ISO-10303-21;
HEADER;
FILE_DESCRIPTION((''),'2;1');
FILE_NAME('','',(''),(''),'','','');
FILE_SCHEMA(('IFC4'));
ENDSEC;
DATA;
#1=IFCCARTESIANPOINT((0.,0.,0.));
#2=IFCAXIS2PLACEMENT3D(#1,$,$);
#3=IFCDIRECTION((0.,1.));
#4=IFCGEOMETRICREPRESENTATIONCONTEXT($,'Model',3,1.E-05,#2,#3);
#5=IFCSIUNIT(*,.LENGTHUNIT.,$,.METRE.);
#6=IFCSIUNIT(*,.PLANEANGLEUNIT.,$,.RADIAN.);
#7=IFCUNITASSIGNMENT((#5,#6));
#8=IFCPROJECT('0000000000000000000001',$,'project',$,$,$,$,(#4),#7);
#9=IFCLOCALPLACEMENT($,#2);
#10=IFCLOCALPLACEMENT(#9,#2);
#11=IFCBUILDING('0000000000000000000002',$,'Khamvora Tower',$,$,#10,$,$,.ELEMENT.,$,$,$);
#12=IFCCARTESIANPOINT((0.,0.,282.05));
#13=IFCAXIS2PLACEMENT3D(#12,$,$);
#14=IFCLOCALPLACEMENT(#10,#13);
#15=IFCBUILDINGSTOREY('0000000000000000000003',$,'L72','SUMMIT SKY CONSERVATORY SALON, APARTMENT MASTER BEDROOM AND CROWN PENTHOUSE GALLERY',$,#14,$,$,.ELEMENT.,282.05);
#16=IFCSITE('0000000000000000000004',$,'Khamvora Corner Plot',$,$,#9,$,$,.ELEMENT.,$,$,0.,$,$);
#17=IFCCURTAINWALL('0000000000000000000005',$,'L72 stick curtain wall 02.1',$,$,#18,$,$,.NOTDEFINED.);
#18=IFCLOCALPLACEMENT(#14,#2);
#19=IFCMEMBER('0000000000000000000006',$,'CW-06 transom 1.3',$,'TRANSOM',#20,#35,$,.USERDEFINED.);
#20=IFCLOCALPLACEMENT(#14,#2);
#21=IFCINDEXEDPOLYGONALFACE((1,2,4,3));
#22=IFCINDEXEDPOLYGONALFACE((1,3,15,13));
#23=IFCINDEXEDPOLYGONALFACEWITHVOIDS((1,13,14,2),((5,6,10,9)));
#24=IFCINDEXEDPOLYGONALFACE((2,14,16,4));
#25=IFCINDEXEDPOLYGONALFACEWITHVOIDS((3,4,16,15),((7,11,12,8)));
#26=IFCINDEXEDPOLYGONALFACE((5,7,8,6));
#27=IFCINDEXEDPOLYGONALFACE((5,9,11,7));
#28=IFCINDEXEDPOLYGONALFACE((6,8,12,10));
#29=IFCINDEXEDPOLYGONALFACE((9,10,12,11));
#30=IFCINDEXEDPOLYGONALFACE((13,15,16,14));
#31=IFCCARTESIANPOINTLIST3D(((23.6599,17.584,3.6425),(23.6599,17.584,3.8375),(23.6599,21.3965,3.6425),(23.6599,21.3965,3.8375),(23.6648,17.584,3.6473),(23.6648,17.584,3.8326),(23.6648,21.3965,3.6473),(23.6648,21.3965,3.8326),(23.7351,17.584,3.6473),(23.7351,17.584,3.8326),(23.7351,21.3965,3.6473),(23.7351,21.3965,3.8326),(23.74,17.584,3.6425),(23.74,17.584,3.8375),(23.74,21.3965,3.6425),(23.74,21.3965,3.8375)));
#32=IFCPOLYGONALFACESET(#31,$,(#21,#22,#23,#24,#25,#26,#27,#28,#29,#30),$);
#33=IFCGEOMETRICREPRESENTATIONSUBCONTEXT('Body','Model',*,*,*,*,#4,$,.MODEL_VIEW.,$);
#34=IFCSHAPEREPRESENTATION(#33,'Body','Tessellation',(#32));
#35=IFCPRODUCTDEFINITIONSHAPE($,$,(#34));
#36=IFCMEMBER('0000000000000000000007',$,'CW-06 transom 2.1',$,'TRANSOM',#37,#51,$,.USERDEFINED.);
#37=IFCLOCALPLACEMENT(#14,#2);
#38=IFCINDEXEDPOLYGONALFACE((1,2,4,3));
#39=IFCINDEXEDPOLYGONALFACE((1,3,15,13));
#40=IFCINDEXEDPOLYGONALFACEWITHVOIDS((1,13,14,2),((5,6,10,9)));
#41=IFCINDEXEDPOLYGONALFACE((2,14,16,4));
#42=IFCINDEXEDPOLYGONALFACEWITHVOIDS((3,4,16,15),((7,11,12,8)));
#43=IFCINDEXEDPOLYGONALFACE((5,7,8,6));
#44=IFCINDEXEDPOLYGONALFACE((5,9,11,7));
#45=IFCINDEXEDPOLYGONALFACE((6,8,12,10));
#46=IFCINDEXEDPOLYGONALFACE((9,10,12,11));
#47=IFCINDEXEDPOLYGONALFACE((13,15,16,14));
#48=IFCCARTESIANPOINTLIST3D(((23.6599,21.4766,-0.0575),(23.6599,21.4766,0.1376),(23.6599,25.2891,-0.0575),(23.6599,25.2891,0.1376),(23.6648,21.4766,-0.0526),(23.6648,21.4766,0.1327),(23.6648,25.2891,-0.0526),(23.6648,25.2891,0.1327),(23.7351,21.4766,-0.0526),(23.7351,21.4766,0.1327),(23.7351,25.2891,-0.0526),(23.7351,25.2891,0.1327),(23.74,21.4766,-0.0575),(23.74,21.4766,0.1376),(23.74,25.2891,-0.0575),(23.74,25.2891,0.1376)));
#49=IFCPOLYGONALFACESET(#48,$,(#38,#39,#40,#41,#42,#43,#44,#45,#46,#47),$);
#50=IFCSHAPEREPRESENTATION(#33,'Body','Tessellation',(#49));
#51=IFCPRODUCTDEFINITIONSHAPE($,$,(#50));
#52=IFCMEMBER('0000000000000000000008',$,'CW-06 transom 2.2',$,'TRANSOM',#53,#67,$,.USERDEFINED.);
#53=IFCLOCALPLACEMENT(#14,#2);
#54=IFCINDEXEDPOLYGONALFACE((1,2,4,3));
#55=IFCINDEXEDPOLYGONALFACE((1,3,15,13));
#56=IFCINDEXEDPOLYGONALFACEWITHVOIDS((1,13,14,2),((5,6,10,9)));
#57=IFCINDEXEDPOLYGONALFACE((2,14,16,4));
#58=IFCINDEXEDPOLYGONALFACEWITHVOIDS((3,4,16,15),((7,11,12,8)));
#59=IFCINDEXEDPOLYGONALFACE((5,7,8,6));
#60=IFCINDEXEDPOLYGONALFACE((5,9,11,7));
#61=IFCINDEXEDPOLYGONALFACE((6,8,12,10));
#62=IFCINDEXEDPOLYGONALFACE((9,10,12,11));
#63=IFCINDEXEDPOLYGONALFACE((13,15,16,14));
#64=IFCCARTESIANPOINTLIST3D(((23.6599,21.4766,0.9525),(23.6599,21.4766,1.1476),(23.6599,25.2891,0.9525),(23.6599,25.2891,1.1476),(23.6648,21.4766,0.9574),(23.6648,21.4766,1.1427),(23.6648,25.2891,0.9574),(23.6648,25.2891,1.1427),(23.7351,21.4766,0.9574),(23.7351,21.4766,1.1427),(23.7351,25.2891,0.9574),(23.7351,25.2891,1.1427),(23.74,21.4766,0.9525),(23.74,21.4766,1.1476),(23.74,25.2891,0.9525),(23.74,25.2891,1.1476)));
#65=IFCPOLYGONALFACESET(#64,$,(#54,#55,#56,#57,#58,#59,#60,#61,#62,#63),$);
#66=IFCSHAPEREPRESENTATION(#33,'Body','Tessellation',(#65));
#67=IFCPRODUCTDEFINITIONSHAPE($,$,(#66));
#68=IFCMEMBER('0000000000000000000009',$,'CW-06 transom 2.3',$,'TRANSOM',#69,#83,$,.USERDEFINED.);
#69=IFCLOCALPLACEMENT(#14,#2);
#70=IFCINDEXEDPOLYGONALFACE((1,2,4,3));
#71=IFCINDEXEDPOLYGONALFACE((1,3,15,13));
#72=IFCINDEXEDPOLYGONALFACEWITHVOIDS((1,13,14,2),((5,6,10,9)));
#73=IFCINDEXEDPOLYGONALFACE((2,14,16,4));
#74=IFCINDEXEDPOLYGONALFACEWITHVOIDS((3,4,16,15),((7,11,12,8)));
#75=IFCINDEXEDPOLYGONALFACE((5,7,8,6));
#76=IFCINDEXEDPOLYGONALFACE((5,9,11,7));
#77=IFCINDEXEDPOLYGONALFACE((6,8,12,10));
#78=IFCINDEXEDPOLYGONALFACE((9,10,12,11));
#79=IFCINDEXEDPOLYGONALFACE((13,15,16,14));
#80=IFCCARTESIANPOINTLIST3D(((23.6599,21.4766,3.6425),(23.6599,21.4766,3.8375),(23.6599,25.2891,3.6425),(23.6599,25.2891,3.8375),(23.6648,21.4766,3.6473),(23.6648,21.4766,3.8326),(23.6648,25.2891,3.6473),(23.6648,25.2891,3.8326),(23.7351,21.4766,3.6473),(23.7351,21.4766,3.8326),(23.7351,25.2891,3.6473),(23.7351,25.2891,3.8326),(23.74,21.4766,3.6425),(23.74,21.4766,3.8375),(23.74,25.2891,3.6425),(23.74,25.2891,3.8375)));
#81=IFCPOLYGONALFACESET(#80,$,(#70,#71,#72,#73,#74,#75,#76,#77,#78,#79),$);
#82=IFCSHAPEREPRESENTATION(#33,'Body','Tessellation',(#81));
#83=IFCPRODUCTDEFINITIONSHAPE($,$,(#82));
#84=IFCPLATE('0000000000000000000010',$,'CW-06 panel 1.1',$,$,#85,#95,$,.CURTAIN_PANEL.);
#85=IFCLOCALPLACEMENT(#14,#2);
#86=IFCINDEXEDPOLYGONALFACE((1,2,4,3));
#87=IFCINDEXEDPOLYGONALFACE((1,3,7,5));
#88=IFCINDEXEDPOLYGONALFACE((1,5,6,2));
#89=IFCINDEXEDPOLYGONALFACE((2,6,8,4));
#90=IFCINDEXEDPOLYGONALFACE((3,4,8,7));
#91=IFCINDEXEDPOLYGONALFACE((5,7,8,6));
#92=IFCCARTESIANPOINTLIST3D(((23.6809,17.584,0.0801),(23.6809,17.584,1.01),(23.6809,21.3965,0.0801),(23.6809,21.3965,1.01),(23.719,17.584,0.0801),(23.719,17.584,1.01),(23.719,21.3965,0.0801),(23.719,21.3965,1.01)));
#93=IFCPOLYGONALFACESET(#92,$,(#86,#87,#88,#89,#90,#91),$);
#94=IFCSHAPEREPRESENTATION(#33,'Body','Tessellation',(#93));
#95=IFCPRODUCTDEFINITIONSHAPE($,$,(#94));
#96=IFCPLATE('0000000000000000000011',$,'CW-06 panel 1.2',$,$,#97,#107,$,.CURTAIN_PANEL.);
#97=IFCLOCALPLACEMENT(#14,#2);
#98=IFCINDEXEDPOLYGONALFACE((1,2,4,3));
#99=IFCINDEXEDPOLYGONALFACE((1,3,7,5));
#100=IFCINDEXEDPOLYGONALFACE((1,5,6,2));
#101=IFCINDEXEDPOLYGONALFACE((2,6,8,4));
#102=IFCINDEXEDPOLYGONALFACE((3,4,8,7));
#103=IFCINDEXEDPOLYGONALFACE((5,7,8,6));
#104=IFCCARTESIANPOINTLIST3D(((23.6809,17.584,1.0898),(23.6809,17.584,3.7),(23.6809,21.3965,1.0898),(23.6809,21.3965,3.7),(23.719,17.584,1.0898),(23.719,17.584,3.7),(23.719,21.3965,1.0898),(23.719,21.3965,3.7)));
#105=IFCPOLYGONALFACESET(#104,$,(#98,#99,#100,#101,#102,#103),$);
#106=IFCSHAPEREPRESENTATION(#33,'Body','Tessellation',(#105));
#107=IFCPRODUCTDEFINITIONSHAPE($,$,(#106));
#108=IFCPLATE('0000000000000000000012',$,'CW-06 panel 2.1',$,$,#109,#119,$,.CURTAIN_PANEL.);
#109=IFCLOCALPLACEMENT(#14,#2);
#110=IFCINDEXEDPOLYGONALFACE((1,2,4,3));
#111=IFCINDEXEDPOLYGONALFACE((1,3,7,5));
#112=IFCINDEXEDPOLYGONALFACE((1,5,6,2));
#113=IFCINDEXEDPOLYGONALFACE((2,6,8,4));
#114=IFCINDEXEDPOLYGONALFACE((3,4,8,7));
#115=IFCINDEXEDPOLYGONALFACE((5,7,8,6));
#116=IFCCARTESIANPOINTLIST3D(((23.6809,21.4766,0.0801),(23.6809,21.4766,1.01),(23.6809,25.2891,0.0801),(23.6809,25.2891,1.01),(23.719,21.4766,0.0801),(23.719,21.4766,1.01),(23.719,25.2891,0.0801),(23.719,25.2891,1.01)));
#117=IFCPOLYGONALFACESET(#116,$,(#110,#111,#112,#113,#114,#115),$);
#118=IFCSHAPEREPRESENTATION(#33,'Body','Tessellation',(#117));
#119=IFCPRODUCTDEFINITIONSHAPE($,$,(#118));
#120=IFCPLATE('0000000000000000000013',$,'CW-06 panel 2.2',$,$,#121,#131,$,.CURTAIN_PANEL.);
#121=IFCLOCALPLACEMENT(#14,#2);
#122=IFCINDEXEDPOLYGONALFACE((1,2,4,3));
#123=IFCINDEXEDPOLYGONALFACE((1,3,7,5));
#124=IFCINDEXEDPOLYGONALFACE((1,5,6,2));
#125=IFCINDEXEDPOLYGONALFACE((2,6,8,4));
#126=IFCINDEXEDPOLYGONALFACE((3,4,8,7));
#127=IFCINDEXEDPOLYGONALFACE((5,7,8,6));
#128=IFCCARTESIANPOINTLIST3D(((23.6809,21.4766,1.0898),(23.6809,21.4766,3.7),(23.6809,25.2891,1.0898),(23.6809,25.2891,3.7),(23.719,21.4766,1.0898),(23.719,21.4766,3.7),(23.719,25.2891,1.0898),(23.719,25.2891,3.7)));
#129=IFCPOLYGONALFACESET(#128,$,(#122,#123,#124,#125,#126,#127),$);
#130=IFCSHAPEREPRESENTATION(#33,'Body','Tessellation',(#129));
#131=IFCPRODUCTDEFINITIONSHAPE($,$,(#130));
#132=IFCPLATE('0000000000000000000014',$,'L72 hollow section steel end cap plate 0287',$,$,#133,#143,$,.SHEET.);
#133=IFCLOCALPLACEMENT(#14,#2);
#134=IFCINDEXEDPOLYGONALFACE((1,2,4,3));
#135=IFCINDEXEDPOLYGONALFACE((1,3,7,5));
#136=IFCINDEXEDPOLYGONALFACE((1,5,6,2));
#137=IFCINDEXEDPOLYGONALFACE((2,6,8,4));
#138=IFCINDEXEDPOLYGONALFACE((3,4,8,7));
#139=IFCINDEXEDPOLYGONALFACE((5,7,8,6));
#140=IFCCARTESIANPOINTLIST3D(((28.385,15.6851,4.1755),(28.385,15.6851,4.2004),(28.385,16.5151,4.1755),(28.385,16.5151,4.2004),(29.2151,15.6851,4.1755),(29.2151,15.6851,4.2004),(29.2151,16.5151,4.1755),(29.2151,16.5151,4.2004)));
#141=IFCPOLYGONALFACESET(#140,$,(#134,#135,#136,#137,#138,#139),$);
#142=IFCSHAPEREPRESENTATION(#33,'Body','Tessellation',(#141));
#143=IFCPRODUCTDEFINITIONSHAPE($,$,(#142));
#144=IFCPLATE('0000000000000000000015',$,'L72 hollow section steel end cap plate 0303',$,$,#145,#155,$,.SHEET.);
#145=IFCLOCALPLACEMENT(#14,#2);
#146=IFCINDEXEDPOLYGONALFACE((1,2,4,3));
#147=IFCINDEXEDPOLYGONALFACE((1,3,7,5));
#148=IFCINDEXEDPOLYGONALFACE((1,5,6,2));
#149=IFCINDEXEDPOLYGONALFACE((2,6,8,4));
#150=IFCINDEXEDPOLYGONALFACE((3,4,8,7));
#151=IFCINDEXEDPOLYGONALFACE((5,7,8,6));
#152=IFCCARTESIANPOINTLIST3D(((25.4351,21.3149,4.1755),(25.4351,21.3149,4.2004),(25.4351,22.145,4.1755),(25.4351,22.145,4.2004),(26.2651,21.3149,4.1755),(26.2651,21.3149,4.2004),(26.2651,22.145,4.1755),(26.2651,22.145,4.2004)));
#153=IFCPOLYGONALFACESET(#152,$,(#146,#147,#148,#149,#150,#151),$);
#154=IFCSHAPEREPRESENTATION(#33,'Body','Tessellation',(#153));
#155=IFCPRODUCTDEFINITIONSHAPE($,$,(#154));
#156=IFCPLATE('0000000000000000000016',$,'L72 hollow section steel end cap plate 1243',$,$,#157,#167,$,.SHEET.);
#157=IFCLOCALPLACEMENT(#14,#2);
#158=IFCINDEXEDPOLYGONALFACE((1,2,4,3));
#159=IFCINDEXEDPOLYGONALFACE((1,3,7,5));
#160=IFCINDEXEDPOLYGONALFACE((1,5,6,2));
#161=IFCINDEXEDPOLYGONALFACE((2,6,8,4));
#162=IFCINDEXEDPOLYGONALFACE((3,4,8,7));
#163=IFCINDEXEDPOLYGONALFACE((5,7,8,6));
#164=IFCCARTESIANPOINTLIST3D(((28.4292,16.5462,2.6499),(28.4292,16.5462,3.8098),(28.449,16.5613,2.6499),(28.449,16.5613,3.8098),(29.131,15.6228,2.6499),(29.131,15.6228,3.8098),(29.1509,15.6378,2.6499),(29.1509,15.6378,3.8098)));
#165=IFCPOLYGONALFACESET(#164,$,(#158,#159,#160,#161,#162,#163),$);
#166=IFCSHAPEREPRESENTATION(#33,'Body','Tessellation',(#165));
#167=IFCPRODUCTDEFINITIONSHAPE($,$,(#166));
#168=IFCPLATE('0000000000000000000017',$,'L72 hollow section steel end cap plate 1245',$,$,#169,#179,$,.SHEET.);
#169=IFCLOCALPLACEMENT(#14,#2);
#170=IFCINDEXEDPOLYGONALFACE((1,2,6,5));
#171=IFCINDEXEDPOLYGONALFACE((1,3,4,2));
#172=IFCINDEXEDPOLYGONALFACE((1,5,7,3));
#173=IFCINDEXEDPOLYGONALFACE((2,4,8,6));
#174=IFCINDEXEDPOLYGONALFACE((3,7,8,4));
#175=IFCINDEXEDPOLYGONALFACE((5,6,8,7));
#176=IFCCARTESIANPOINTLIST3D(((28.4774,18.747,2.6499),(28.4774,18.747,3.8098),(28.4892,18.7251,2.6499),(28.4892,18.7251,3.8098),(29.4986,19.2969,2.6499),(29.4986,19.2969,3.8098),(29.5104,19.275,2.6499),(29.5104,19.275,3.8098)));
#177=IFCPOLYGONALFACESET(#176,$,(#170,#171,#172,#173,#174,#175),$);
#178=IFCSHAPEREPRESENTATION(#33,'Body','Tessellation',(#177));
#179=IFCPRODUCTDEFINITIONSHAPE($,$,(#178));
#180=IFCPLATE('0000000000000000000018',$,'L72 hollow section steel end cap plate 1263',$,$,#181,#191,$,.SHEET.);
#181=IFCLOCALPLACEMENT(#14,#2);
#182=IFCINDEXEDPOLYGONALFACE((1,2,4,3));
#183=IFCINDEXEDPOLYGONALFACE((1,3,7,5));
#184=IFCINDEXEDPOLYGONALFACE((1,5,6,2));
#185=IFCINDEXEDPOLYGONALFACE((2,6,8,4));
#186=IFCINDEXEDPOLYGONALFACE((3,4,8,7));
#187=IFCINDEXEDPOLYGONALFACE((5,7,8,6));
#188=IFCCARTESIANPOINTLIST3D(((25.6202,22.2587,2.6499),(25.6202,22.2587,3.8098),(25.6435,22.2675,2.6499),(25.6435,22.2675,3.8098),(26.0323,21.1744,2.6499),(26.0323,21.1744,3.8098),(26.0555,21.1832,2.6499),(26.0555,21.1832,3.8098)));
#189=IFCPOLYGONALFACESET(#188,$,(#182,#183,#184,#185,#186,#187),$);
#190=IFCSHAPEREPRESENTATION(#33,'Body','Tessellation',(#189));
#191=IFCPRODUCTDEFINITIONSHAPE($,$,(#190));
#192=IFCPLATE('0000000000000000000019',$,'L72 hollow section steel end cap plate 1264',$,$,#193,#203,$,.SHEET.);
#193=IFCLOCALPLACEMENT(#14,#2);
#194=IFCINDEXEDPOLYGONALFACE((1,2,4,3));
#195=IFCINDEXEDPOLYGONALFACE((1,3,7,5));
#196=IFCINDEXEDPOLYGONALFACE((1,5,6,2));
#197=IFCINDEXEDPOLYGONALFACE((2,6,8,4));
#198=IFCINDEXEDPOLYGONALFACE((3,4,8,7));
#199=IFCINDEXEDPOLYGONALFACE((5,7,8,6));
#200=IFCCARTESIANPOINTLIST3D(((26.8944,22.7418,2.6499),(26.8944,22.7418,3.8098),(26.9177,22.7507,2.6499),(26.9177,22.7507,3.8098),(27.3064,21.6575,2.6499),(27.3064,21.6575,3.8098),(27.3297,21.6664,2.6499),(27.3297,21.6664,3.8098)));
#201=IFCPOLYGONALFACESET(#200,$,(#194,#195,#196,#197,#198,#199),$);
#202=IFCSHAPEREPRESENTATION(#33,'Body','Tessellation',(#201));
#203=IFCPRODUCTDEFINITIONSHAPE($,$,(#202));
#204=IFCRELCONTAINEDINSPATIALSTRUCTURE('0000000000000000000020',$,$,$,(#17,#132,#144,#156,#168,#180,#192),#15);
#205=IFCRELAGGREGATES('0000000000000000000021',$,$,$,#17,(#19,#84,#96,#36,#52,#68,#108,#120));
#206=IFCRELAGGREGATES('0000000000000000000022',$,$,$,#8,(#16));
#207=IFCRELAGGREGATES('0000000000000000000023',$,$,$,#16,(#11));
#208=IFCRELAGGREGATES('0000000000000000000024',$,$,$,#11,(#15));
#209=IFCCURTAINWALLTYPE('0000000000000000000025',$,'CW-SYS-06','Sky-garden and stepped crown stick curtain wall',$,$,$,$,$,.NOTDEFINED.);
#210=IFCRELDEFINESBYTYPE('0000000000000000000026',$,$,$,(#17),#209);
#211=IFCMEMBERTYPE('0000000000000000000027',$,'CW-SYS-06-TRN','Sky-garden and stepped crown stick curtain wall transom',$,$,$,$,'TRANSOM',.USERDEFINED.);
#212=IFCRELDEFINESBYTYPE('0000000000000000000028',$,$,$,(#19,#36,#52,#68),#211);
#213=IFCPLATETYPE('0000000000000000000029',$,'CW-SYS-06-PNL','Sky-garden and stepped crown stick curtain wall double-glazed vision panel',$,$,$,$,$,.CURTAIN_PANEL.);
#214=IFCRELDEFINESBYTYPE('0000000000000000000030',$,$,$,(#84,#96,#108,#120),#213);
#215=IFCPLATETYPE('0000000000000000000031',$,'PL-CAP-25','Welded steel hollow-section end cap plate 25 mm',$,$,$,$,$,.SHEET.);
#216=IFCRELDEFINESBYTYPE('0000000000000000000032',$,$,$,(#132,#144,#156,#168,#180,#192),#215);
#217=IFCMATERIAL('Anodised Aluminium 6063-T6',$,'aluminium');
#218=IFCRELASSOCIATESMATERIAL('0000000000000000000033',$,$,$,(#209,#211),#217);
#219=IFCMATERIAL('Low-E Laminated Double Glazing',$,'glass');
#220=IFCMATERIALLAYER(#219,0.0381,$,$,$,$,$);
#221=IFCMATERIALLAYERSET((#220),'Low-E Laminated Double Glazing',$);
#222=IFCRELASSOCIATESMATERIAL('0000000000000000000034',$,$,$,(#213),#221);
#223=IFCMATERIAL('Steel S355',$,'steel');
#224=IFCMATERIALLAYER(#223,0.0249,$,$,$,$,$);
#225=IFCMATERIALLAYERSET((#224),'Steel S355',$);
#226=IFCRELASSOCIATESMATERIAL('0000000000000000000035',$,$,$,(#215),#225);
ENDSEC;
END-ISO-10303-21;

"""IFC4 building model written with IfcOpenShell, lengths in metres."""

from ifc_helpers import new_model, si_unit, direction, frame, origin, origin_2d, place, context, subcontext, project, spatial, rectangle, hollow_rectangle, extrude, material, layer, layer_set, material_profile, profile_set, type_object, element, aggregate, save


model = new_model("IFC4")

# Units and contexts
model_context = context("Model", 3, precision=1e-05, world=origin(), true_north=direction((0.0, 1.0)))
body_context = subcontext(model_context, "Body", "Model", "MODEL_VIEW")
ifc_project = project(units=[si_unit("LENGTHUNIT", "METRE"), si_unit("PLANEANGLEUNIT", "RADIAN")], contexts=[model_context])

# Site, building, storey
site_placement = place(None, origin())
site = spatial("IfcSite", under=ifc_project, at=site_placement, Name="Khamvora Corner Plot", CompositionType="ELEMENT", RefElevation=0.0)
building_placement = place(site_placement, origin())
building = spatial("IfcBuilding", under=site, at=building_placement, Name="Khamvora Tower", CompositionType="ELEMENT")
storey_placement = place(building_placement, frame((0.0, 0.0, 282.05)))
storey = spatial("IfcBuildingStorey", under=building, at=storey_placement, Name="L72", Description="SUMMIT SKY CONSERVATORY SALON, APARTMENT MASTER BEDROOM AND CROWN PENTHOUSE GALLERY", CompositionType="ELEMENT", Elevation=282.05)

# Shared definitions
ifc_material_1 = material(Name="Steel S355", Category="steel")

# Curtain wall, members, plates
ifc_material_2 = material(Name="Anodised Aluminium 6063-T6", Category="aluminium")
curtain_wall_type = type_object("IfcCurtainWallType", Name="CW-SYS-06", Description="Sky-garden and stepped crown stick curtain wall", PredefinedType="NOTDEFINED", material=ifc_material_2)
curtain_wall_placement = place(storey_placement, origin())
curtain_wall = element("IfcCurtainWall", 1, at=curtain_wall_placement, inside=storey, type_object=curtain_wall_type, Name="L72 stick curtain wall 02.1", PredefinedType="NOTDEFINED")
ifc_material_profile_1 = material_profile(ifc_material_2, hollow_rectangle(XDim=0.0801, YDim=0.1951, WallThickness=0.0049, at=origin_2d()), Name="TRN80x195x5")
ifc_profile_set_1 = profile_set([ifc_material_profile_1], Name="Anodised Aluminium 6063-T6")
member_type_1 = type_object("IfcMemberType", Name="CW-SYS-06-TRN", Description="Sky-garden and stepped crown stick curtain wall transom", ElementType="TRANSOM", PredefinedType="USERDEFINED", material=ifc_profile_set_1)
member_1_placement = place(storey_placement, frame((23.7, 17.584, 3.74), z_axis=(0.0, 1.0, 0.0), x_axis=(-1.0, 0.0, 0.0)))
member_1 = element("IfcMember", 2, at=member_1_placement, type_object=member_type_1, Name="CW-06 transom 1.3", ObjectType="TRANSOM", PredefinedType="USERDEFINED", context=body_context, shape_type="SweptSolid", body=[
    extrude(hollow_rectangle(XDim=0.0801, YDim=0.1951, WallThickness=0.0049, at=origin_2d()), origin(), (0.0, 0.0, 1.0), 3.8125),
])
member_2_placement = place(storey_placement, frame((23.7, 21.4766, 0.04), z_axis=(0.0, 1.0, 0.0), x_axis=(-1.0, 0.0, 0.0)))
member_2 = element("IfcMember", 3, at=member_2_placement, type_object=member_type_1, Name="CW-06 transom 2.1", ObjectType="TRANSOM", PredefinedType="USERDEFINED", context=body_context, shape_type="SweptSolid", body=[
    extrude(hollow_rectangle(XDim=0.0801, YDim=0.1951, WallThickness=0.0049, at=origin_2d()), origin(), (0.0, 0.0, 1.0), 3.8125),
])
member_3_placement = place(storey_placement, frame((23.7, 21.4766, 1.05), z_axis=(0.0, 1.0, 0.0), x_axis=(-1.0, 0.0, 0.0)))
member_3 = element("IfcMember", 4, at=member_3_placement, type_object=member_type_1, Name="CW-06 transom 2.2", ObjectType="TRANSOM", PredefinedType="USERDEFINED", context=body_context, shape_type="SweptSolid", body=[
    extrude(hollow_rectangle(XDim=0.0801, YDim=0.1951, WallThickness=0.0049, at=origin_2d()), origin(), (0.0, 0.0, 1.0), 3.8125),
])
member_4_placement = place(storey_placement, frame((23.7, 21.4766, 3.74), z_axis=(0.0, 1.0, 0.0), x_axis=(-1.0, 0.0, 0.0)))
member_4 = element("IfcMember", 5, at=member_4_placement, type_object=member_type_1, Name="CW-06 transom 2.3", ObjectType="TRANSOM", PredefinedType="USERDEFINED", context=body_context, shape_type="SweptSolid", body=[
    extrude(hollow_rectangle(XDim=0.0801, YDim=0.1951, WallThickness=0.0049, at=origin_2d()), origin(), (0.0, 0.0, 1.0), 3.8125),
])
ifc_material_3 = material(Name="Low-E Laminated Double Glazing", Category="glass")
ifc_layer_1 = layer(ifc_material_3, 0.0381)
ifc_layer_set_1 = layer_set([ifc_layer_1], Name="Low-E Laminated Double Glazing")
plate_type_1 = type_object("IfcPlateType", Name="CW-SYS-06-PNL", Description="Sky-garden and stepped crown stick curtain wall double-glazed vision panel", PredefinedType="CURTAIN_PANEL", material=ifc_layer_set_1)
plate_1_placement = place(storey_placement, frame((23.7, 19.4902, 0.0801), z_axis=(0.0, 0.0, 1.0), x_axis=(0.0, 1.0, 0.0)))
plate_1 = element("IfcPlate", 6, at=plate_1_placement, type_object=plate_type_1, Name="CW-06 panel 1.1", PredefinedType="CURTAIN_PANEL", context=body_context, shape_type="SweptSolid", body=[
    extrude(rectangle(XDim=3.8125, YDim=0.0381, at=origin_2d()), origin(), (0.0, 0.0, 1.0), 0.9299),
])
plate_2_placement = place(storey_placement, frame((23.7, 19.4902, 1.0898), z_axis=(0.0, 0.0, 1.0), x_axis=(0.0, 1.0, 0.0)))
plate_2 = element("IfcPlate", 7, at=plate_2_placement, type_object=plate_type_1, Name="CW-06 panel 1.2", PredefinedType="CURTAIN_PANEL", context=body_context, shape_type="SweptSolid", body=[
    extrude(rectangle(XDim=3.8125, YDim=0.0381, at=origin_2d()), origin(), (0.0, 0.0, 1.0), 2.6101),
])
plate_3_placement = place(storey_placement, frame((23.7, 23.3828, 0.0801), z_axis=(0.0, 0.0, 1.0), x_axis=(0.0, 1.0, 0.0)))
plate_3 = element("IfcPlate", 8, at=plate_3_placement, type_object=plate_type_1, Name="CW-06 panel 2.1", PredefinedType="CURTAIN_PANEL", context=body_context, shape_type="SweptSolid", body=[
    extrude(rectangle(XDim=3.8125, YDim=0.0381, at=origin_2d()), origin(), (0.0, 0.0, 1.0), 0.9299),
])
plate_4_placement = place(storey_placement, frame((23.7, 23.3828, 1.0898), z_axis=(0.0, 0.0, 1.0), x_axis=(0.0, 1.0, 0.0)))
plate_4 = element("IfcPlate", 9, at=plate_4_placement, type_object=plate_type_1, Name="CW-06 panel 2.2", PredefinedType="CURTAIN_PANEL", context=body_context, shape_type="SweptSolid", body=[
    extrude(rectangle(XDim=3.8125, YDim=0.0381, at=origin_2d()), origin(), (0.0, 0.0, 1.0), 2.6101),
])
aggregate(curtain_wall, [member_1, plate_1, plate_2, member_2, member_3, member_4, plate_3, plate_4])

# Plates
ifc_layer_2 = layer(ifc_material_1, 0.0249)
ifc_layer_set_2 = layer_set([ifc_layer_2], Name="Steel S355")
plate_type_2 = type_object("IfcPlateType", Name="PL-CAP-25", Description="Welded steel hollow-section end cap plate 25 mm", PredefinedType="SHEET", material=ifc_layer_set_2)
for number, where, z_axis, x_axis, name in (
    (10, (28.8, 16.1001, 4.1755), (0.0, 0.0, 1.0), (1.0, 0.0, 0.0), "L72 hollow section steel end cap plate 0287"),
    (11, (25.8501, 21.73, 4.1755), (0.0, 0.0, 1.0), (1.0, 0.0, 0.0), "L72 hollow section steel end cap plate 0303"),
):
    element("IfcPlate", number, at=place(storey_placement, frame(where, z_axis=z_axis, x_axis=x_axis)), inside=storey, type_object=plate_type_2, Name=name, PredefinedType="SHEET", context=body_context, shape_type="SweptSolid", body=[
        extrude(rectangle(XDim=0.8301, YDim=0.8301, at=origin_2d()), origin(), (0.0, 0.0, 1.0), 0.0249),
    ])
for number, where, z_axis, x_axis, name in (
    (12, (28.79, 16.092, 2.6499), (0.0, 0.0, 1.0), (0.79616, 0.605086, 0.0), "L72 hollow section steel end cap plate 1243"),
    (13, (28.9939, 19.011, 2.6499), (0.0, 0.0, 1.0), (0.474104, -0.880469, 0.0), "L72 hollow section steel end cap plate 1245"),
    (14, (25.8379, 21.7209, 2.6499), (0.0, 0.0, 1.0), (0.934782, 0.355221, 0.0), "L72 hollow section steel end cap plate 1263"),
    (15, (27.1121, 22.2041, 2.6499), (0.0, 0.0, 1.0), (0.934782, 0.355221, 0.0), "L72 hollow section steel end cap plate 1264"),
):
    element("IfcPlate", number, at=place(storey_placement, frame(where, z_axis=z_axis, x_axis=x_axis)), inside=storey, type_object=plate_type_2, Name=name, PredefinedType="SHEET", context=body_context, shape_type="SweptSolid", body=[
        extrude(rectangle(XDim=0.0249, YDim=1.1599, at=origin_2d()), origin(), (0.0, 0.0, 1.0), 1.1599),
    ])

save(model, "model.ifc")
